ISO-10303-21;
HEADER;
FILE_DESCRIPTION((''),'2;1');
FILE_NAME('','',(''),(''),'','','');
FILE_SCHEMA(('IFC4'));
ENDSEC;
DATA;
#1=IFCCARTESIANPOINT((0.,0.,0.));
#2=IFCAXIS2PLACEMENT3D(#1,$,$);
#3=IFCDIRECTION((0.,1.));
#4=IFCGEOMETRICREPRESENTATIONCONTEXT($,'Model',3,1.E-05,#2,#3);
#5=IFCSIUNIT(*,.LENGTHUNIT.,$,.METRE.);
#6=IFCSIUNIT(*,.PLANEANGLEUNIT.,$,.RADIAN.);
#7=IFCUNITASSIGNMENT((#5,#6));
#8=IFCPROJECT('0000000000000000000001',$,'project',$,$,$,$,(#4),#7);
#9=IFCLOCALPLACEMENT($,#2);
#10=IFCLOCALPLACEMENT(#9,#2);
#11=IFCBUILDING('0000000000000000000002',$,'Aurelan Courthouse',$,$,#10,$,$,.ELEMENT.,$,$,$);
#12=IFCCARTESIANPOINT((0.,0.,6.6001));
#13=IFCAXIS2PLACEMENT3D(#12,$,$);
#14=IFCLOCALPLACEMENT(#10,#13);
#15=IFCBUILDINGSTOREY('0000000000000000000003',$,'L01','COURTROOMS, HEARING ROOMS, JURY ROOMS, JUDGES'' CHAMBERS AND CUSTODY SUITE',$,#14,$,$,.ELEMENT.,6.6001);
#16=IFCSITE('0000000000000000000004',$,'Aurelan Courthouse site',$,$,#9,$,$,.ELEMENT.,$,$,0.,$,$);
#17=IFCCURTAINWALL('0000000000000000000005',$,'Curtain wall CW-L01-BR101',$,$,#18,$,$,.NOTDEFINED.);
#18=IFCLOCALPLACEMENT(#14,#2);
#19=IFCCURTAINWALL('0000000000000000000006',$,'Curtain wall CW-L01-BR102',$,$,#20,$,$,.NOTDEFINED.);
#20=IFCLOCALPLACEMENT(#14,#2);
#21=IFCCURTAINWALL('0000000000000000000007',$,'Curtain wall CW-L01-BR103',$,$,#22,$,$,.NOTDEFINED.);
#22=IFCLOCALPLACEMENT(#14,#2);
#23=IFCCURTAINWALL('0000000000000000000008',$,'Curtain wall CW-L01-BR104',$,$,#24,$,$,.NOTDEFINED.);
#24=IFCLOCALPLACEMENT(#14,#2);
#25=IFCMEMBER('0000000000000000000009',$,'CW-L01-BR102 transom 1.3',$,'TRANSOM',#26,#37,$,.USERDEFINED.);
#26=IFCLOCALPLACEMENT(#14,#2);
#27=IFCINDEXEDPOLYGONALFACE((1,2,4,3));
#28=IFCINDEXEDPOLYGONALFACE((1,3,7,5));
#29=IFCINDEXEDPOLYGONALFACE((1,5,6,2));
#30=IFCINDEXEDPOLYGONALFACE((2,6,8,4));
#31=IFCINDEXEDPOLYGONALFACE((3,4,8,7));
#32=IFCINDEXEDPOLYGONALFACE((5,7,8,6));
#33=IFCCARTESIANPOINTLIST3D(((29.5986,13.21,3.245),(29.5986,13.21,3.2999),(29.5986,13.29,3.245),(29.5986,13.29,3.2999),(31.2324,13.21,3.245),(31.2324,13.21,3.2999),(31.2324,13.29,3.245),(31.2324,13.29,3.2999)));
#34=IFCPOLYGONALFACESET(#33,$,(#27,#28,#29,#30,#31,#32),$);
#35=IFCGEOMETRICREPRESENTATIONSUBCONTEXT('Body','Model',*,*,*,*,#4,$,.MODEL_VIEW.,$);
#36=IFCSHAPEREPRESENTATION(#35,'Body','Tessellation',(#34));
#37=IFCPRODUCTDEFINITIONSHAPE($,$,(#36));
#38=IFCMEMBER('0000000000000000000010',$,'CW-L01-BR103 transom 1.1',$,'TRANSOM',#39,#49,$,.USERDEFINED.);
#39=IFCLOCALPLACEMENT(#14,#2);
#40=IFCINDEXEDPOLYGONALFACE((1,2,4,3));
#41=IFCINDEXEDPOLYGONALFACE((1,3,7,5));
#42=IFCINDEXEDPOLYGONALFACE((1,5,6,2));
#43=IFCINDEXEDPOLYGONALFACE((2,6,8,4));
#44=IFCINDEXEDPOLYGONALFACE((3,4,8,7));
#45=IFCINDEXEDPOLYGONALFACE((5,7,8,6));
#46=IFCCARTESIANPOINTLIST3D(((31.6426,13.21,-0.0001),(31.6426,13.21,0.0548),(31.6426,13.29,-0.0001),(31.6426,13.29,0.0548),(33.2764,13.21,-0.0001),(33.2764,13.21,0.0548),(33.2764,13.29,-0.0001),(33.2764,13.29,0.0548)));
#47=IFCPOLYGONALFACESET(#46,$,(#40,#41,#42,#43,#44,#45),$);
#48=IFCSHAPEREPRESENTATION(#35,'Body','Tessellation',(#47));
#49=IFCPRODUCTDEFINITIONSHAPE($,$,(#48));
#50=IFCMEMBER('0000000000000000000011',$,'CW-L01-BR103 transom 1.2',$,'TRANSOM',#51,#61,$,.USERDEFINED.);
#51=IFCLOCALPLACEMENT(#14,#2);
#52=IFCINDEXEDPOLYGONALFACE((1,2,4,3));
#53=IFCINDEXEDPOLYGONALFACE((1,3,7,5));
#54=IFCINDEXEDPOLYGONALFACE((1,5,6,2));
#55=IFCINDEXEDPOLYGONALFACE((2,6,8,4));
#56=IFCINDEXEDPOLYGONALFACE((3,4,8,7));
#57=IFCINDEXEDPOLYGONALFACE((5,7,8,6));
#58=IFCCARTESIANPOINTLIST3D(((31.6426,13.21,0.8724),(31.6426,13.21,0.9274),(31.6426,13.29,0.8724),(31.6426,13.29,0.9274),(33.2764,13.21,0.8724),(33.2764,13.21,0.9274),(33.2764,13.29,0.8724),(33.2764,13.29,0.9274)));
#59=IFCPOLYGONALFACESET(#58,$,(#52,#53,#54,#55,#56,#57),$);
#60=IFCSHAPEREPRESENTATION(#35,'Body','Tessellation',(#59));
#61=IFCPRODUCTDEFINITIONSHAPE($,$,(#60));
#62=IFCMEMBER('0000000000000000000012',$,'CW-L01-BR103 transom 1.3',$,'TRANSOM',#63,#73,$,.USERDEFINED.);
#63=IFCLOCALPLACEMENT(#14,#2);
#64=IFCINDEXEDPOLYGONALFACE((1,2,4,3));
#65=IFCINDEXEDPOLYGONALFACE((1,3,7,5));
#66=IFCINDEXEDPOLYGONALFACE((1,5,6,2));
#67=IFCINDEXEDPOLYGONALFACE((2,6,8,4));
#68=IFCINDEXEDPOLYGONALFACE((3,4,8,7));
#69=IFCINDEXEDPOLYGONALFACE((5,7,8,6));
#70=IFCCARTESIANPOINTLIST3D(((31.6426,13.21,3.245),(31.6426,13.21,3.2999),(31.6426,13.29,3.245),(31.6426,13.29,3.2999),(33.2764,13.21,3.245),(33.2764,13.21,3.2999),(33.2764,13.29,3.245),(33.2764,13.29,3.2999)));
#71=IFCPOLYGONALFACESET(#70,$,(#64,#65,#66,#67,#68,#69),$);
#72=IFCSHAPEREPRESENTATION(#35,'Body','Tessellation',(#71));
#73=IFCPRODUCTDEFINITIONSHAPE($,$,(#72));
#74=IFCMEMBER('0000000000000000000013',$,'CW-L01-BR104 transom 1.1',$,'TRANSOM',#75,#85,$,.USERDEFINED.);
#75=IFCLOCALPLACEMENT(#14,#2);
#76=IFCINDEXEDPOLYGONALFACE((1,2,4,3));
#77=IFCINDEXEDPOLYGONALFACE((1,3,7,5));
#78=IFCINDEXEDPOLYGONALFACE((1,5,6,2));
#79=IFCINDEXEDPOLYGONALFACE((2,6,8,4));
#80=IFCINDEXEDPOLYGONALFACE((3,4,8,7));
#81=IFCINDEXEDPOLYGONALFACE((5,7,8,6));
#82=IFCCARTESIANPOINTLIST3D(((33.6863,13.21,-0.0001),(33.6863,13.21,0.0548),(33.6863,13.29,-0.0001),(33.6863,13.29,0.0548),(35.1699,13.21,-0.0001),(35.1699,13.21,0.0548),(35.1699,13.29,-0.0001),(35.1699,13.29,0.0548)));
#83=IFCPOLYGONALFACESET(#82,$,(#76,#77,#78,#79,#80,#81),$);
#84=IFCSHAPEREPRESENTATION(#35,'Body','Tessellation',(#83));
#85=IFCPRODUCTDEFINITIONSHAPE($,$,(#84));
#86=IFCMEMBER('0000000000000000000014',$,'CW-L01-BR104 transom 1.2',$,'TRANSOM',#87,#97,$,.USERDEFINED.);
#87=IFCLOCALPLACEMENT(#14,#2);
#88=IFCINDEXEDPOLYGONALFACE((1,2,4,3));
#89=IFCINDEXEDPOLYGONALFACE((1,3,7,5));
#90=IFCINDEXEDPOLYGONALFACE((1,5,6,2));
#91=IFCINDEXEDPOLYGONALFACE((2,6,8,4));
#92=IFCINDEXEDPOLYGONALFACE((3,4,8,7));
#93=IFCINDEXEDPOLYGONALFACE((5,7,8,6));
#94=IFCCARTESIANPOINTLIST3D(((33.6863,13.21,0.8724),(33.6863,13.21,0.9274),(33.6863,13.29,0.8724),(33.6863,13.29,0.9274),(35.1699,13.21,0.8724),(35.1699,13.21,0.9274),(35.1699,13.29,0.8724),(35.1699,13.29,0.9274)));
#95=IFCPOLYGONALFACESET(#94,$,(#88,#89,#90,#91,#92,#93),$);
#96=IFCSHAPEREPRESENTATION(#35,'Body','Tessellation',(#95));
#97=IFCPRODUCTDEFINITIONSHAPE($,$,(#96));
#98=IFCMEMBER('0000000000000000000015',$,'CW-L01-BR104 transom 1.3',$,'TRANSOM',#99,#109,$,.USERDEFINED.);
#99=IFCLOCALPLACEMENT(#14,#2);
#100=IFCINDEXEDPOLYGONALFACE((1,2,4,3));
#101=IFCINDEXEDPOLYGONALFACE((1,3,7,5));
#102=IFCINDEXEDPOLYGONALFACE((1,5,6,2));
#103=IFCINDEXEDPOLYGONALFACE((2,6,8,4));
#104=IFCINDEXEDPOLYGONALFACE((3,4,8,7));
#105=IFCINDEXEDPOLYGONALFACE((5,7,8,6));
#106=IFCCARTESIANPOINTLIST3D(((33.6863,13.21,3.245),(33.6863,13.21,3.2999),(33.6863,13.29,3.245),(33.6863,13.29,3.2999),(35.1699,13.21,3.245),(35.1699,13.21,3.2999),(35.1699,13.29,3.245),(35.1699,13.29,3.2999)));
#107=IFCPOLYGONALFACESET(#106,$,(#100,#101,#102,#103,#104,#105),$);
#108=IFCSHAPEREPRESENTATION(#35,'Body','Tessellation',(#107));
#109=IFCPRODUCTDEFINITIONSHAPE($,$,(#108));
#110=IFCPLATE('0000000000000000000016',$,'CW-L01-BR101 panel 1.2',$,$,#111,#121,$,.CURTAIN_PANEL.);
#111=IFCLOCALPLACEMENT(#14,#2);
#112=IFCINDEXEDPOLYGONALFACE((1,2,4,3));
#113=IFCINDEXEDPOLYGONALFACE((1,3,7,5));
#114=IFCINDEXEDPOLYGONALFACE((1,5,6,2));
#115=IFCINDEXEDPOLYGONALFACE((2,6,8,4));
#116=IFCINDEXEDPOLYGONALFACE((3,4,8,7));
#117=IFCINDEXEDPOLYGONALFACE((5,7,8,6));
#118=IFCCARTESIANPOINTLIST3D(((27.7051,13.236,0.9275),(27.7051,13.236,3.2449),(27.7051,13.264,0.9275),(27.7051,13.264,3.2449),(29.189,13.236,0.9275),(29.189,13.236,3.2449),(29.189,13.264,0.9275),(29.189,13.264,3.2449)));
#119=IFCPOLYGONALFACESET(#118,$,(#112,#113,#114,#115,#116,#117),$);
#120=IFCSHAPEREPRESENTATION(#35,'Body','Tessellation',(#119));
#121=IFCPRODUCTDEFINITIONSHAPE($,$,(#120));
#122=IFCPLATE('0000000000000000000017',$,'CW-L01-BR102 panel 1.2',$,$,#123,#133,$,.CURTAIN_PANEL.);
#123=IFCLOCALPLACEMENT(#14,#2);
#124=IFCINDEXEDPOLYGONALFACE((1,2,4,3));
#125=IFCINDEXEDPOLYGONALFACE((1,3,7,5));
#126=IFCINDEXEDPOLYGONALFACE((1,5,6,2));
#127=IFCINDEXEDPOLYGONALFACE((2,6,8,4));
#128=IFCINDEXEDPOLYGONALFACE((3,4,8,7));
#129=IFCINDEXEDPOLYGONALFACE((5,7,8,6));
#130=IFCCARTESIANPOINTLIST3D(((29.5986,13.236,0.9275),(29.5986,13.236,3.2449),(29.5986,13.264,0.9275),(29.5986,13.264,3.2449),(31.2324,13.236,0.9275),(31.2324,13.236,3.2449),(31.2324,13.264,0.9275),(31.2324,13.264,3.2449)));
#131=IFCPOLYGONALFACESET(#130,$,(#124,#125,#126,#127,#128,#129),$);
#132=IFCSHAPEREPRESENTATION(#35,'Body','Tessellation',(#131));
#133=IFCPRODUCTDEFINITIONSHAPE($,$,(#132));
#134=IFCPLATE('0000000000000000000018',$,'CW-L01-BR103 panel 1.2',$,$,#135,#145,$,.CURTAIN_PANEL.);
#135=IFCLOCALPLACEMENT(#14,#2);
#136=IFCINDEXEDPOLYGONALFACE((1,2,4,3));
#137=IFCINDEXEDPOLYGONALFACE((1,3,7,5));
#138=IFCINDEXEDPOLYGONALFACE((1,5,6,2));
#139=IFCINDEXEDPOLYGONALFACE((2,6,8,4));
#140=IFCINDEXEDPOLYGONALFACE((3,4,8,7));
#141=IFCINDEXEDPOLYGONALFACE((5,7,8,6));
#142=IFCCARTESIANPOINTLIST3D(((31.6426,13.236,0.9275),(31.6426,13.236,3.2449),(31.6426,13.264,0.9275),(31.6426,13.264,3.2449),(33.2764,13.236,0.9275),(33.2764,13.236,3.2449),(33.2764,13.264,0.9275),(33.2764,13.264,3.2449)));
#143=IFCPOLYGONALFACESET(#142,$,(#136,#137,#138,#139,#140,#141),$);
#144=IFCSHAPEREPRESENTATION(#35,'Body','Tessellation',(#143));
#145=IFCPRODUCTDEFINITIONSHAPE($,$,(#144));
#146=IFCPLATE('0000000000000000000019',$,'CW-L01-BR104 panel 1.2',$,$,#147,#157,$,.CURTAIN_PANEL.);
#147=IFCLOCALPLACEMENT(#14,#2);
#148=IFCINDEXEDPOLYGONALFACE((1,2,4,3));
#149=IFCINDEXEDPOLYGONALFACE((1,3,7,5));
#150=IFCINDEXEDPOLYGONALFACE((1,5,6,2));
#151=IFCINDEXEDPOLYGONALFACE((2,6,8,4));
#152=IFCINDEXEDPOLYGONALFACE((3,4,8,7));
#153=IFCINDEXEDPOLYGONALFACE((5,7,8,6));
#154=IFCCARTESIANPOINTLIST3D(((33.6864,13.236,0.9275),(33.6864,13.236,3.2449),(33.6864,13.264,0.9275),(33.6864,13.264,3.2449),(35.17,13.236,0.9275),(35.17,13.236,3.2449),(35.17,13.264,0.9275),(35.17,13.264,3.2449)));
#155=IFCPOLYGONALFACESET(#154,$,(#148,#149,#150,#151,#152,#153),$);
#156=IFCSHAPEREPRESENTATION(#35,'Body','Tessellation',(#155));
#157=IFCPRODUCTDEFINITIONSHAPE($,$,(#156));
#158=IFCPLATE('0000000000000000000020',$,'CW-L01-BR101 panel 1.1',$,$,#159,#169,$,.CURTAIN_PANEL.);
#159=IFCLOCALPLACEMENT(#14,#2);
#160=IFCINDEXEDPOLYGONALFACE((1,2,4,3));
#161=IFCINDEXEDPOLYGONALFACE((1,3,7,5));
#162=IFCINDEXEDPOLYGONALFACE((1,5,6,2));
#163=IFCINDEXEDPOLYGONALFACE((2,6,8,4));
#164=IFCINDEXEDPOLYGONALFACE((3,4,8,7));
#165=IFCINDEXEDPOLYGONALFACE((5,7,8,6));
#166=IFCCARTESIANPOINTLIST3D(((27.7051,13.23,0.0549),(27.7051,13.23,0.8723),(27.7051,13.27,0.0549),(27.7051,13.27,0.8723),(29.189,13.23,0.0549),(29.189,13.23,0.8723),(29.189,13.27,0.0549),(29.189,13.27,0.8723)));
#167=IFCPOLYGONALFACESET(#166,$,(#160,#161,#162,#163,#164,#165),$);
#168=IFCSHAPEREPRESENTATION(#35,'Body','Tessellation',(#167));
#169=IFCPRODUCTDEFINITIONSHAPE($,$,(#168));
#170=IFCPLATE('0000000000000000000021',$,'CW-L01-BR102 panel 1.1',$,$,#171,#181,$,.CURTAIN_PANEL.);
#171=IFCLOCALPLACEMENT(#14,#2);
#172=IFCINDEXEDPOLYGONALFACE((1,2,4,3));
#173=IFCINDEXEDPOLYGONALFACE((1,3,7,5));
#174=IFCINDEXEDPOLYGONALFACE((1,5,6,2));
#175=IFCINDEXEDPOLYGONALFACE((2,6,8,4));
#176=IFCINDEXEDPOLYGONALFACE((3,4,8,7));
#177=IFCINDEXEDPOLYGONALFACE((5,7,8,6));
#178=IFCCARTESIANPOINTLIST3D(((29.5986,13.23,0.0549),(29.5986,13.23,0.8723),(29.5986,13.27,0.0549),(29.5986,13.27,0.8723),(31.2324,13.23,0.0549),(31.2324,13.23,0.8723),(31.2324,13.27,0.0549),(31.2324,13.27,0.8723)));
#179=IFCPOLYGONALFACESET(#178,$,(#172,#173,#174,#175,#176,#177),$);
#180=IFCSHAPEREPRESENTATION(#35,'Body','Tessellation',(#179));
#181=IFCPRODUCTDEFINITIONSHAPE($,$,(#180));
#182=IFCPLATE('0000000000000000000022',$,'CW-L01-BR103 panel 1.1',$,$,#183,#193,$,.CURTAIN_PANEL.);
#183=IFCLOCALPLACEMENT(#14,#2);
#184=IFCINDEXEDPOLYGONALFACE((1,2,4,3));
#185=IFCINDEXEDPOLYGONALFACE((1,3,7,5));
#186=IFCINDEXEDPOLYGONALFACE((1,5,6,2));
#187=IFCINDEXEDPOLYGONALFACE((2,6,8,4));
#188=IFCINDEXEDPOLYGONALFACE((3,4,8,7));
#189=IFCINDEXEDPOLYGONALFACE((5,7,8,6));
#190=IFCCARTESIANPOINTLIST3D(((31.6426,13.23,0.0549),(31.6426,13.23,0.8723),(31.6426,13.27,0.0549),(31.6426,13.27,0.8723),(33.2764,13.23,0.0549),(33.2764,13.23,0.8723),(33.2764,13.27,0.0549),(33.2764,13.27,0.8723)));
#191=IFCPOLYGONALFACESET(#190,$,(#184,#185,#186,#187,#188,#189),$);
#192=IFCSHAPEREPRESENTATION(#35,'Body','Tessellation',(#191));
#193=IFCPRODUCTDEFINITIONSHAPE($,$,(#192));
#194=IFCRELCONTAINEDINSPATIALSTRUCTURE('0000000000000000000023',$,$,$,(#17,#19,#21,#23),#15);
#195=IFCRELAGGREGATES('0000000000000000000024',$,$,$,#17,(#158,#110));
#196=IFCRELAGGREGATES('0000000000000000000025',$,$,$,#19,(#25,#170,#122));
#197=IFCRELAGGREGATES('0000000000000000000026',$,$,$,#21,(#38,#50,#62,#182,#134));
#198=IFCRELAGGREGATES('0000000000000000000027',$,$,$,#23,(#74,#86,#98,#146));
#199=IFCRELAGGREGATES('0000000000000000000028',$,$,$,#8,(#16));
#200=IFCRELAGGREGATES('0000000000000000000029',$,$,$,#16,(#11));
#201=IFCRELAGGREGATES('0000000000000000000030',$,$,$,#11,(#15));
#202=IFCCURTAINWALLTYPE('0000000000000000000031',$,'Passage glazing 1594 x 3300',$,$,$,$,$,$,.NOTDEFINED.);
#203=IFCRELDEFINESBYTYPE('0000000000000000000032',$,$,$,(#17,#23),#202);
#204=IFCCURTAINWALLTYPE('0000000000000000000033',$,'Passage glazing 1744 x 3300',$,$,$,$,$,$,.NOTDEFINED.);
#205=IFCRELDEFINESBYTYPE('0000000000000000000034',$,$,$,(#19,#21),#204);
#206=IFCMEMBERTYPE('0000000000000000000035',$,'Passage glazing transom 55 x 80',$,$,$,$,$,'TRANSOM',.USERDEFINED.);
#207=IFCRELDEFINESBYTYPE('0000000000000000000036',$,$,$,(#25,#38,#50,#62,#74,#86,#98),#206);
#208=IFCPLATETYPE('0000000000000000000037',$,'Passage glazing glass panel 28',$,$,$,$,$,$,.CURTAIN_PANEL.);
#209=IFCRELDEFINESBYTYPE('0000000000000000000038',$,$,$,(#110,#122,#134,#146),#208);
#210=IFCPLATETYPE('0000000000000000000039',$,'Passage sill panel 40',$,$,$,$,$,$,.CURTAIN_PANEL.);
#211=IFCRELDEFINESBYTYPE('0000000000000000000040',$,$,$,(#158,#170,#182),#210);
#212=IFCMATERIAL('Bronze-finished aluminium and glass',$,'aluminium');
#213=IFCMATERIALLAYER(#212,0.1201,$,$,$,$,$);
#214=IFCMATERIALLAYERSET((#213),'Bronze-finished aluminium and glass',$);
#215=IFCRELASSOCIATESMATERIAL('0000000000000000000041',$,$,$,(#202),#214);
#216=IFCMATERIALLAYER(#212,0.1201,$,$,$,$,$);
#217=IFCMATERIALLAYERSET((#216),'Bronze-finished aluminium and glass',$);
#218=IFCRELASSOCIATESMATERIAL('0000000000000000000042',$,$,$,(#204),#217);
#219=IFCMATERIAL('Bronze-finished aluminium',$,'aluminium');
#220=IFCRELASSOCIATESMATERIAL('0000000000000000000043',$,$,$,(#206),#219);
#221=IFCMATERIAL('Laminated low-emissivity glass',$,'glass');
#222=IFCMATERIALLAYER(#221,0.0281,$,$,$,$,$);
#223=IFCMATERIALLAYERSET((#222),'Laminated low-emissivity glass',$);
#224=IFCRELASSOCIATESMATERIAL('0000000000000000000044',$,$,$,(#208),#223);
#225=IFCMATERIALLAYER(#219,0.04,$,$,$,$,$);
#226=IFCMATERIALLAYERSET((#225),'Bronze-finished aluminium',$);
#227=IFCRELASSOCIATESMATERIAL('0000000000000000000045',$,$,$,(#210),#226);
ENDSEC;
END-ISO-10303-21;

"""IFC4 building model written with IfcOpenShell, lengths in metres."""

from ifc_helpers import new_model, si_unit, direction, frame, origin, origin_2d, place, context, subcontext, project, spatial, rectangle, extrude, material, layer, layer_set, material_profile, profile_set, type_object, element, aggregate, save


model = new_model("IFC4")

# Units and contexts
model_context = context("Model", 3, precision=1e-05, world=origin(), true_north=direction((0.0, 1.0)))
body_context = subcontext(model_context, "Body", "Model", "MODEL_VIEW")
ifc_project = project(units=[si_unit("LENGTHUNIT", "METRE"), si_unit("PLANEANGLEUNIT", "RADIAN")], contexts=[model_context])

# Site, building, storey
site_placement = place(None, origin())
site = spatial("IfcSite", under=ifc_project, at=site_placement, Name="Aurelan Courthouse site", CompositionType="ELEMENT", RefElevation=0.0)
building_placement = place(site_placement, origin())
building = spatial("IfcBuilding", under=site, at=building_placement, Name="Aurelan Courthouse", CompositionType="ELEMENT")
storey_placement = place(building_placement, frame((0.0, 0.0, 6.6001)))
storey = spatial("IfcBuildingStorey", under=building, at=storey_placement, Name="L01", Description="COURTROOMS, HEARING ROOMS, JURY ROOMS, JUDGES' CHAMBERS AND CUSTODY SUITE", CompositionType="ELEMENT", Elevation=6.6001)

# Curtain walls
ifc_material_1 = material(Name="Bronze-finished aluminium and glass", Category="aluminium")
ifc_layer_1 = layer(ifc_material_1, 0.1201)
ifc_layer_set_1 = layer_set([ifc_layer_1], Name="Bronze-finished aluminium and glass")
curtain_wall_type_1 = type_object("IfcCurtainWallType", Name="Passage glazing 1594 x 3300", PredefinedType="NOTDEFINED", material=ifc_layer_set_1)
curtain_wall_1_placement = place(storey_placement, origin())
curtain_wall_1 = element("IfcCurtainWall", 1, at=curtain_wall_1_placement, inside=storey, type_object=curtain_wall_type_1, Name="Curtain wall CW-L01-BR101", PredefinedType="NOTDEFINED")
ifc_material_2 = material(Name="Bronze-finished aluminium", Category="aluminium")
ifc_layer_2 = layer(ifc_material_1, 0.1201)
ifc_layer_set_2 = layer_set([ifc_layer_2], Name="Bronze-finished aluminium and glass")
curtain_wall_type_2 = type_object("IfcCurtainWallType", Name="Passage glazing 1744 x 3300", PredefinedType="NOTDEFINED", material=ifc_layer_set_2)
curtain_wall_2_placement = place(storey_placement, origin())
curtain_wall_2 = element("IfcCurtainWall", 2, at=curtain_wall_2_placement, inside=storey, type_object=curtain_wall_type_2, Name="Curtain wall CW-L01-BR102", PredefinedType="NOTDEFINED")
curtain_wall_3_placement = place(storey_placement, origin())
curtain_wall_3 = element("IfcCurtainWall", 3, at=curtain_wall_3_placement, inside=storey, type_object=curtain_wall_type_2, Name="Curtain wall CW-L01-BR103", PredefinedType="NOTDEFINED")

# Curtain wall
curtain_wall_4_placement = place(storey_placement, origin())
curtain_wall_4 = element("IfcCurtainWall", 4, at=curtain_wall_4_placement, inside=storey, type_object=curtain_wall_type_1, Name="Curtain wall CW-L01-BR104", PredefinedType="NOTDEFINED")

# Members
ifc_material_profile_1 = material_profile(ifc_material_2, rectangle(XDim=0.0801, YDim=0.0549, at=origin_2d()), Name="Passage glazing transom 55 x 80")
ifc_profile_set_1 = profile_set([ifc_material_profile_1], Name="Bronze-finished aluminium")
member_type_1 = type_object("IfcMemberType", Name="Passage glazing transom 55 x 80", ElementType="TRANSOM", PredefinedType="USERDEFINED", material=ifc_profile_set_1)
member_1_placement = place(storey_placement, frame((29.5986, 13.25, 3.2725), z_axis=(1.0, 0.0, 0.0), x_axis=(0.0, 1.0, 0.0)))
member_1 = element("IfcMember", 5, at=member_1_placement, type_object=member_type_1, Name="CW-L01-BR102 transom 1.3", ObjectType="TRANSOM", PredefinedType="USERDEFINED", context=body_context, shape_type="SweptSolid", body=[
    extrude(rectangle(XDim=0.0801, YDim=0.0549, at=origin_2d()), origin(), (0.0, 0.0, 1.0), 1.6338),
])
member_2_placement = place(storey_placement, frame((31.6426, 13.25, 0.0273), z_axis=(1.0, 0.0, 0.0), x_axis=(0.0, 1.0, 0.0)))
member_2 = element("IfcMember", 6, at=member_2_placement, type_object=member_type_1, Name="CW-L01-BR103 transom 1.1", ObjectType="TRANSOM", PredefinedType="USERDEFINED", context=body_context, shape_type="SweptSolid", body=[
    extrude(rectangle(XDim=0.0801, YDim=0.0549, at=origin_2d()), origin(), (0.0, 0.0, 1.0), 1.6338),
])
member_3_placement = place(storey_placement, frame((31.6426, 13.25, 0.8999), z_axis=(1.0, 0.0, 0.0), x_axis=(0.0, 1.0, 0.0)))
member_3 = element("IfcMember", 7, at=member_3_placement, type_object=member_type_1, Name="CW-L01-BR103 transom 1.2", ObjectType="TRANSOM", PredefinedType="USERDEFINED", context=body_context, shape_type="SweptSolid", body=[
    extrude(rectangle(XDim=0.0801, YDim=0.0549, at=origin_2d()), origin(), (0.0, 0.0, 1.0), 1.6338),
])
member_4_placement = place(storey_placement, frame((31.6426, 13.25, 3.2725), z_axis=(1.0, 0.0, 0.0), x_axis=(0.0, 1.0, 0.0)))
member_4 = element("IfcMember", 8, at=member_4_placement, type_object=member_type_1, Name="CW-L01-BR103 transom 1.3", ObjectType="TRANSOM", PredefinedType="USERDEFINED", context=body_context, shape_type="SweptSolid", body=[
    extrude(rectangle(XDim=0.0801, YDim=0.0549, at=origin_2d()), origin(), (0.0, 0.0, 1.0), 1.6338),
])
member_5_placement = place(storey_placement, frame((33.6863, 13.25, 0.0273), z_axis=(1.0, 0.0, 0.0), x_axis=(0.0, 1.0, 0.0)))
member_5 = element("IfcMember", 9, at=member_5_placement, type_object=member_type_1, Name="CW-L01-BR104 transom 1.1", ObjectType="TRANSOM", PredefinedType="USERDEFINED", context=body_context, shape_type="SweptSolid", body=[
    extrude(rectangle(XDim=0.0801, YDim=0.0549, at=origin_2d()), origin(), (0.0, 0.0, 1.0), 1.4836),
])
member_6_placement = place(storey_placement, frame((33.6863, 13.25, 0.8999), z_axis=(1.0, 0.0, 0.0), x_axis=(0.0, 1.0, 0.0)))
member_6 = element("IfcMember", 10, at=member_6_placement, type_object=member_type_1, Name="CW-L01-BR104 transom 1.2", ObjectType="TRANSOM", PredefinedType="USERDEFINED", context=body_context, shape_type="SweptSolid", body=[
    extrude(rectangle(XDim=0.0801, YDim=0.0549, at=origin_2d()), origin(), (0.0, 0.0, 1.0), 1.4836),
])
member_7_placement = place(storey_placement, frame((33.6863, 13.25, 3.2725), z_axis=(1.0, 0.0, 0.0), x_axis=(0.0, 1.0, 0.0)))
member_7 = element("IfcMember", 11, at=member_7_placement, type_object=member_type_1, Name="CW-L01-BR104 transom 1.3", ObjectType="TRANSOM", PredefinedType="USERDEFINED", context=body_context, shape_type="SweptSolid", body=[
    extrude(rectangle(XDim=0.0801, YDim=0.0549, at=origin_2d()), origin(), (0.0, 0.0, 1.0), 1.4836),
])

# Plates
ifc_material_3 = material(Name="Laminated low-emissivity glass", Category="glass")
ifc_layer_3 = layer(ifc_material_3, 0.0281)
ifc_layer_set_3 = layer_set([ifc_layer_3], Name="Laminated low-emissivity glass")
plate_type_1 = type_object("IfcPlateType", Name="Passage glazing glass panel 28", PredefinedType="CURTAIN_PANEL", material=ifc_layer_set_3)
plate_1_placement = place(storey_placement, frame((28.447, 13.25, 0.9275), z_axis=(0.0, 0.0, 1.0), x_axis=(1.0, 0.0, 0.0)))
plate_1 = element("IfcPlate", 12, at=plate_1_placement, type_object=plate_type_1, Name="CW-L01-BR101 panel 1.2", PredefinedType="CURTAIN_PANEL", context=body_context, shape_type="SweptSolid", body=[
    extrude(rectangle(XDim=1.4839, YDim=0.0281, at=origin_2d()), origin(), (0.0, 0.0, 1.0), 2.3174),
])
plate_2_placement = place(storey_placement, frame((30.4155, 13.25, 0.9275), z_axis=(0.0, 0.0, 1.0), x_axis=(1.0, 0.0, 0.0)))
plate_2 = element("IfcPlate", 13, at=plate_2_placement, type_object=plate_type_1, Name="CW-L01-BR102 panel 1.2", PredefinedType="CURTAIN_PANEL", context=body_context, shape_type="SweptSolid", body=[
    extrude(rectangle(XDim=1.6338, YDim=0.0281, at=origin_2d()), origin(), (0.0, 0.0, 1.0), 2.3174),
])
plate_3_placement = place(storey_placement, frame((32.4595, 13.25, 0.9275), z_axis=(0.0, 0.0, 1.0), x_axis=(1.0, 0.0, 0.0)))
plate_3 = element("IfcPlate", 14, at=plate_3_placement, type_object=plate_type_1, Name="CW-L01-BR103 panel 1.2", PredefinedType="CURTAIN_PANEL", context=body_context, shape_type="SweptSolid", body=[
    extrude(rectangle(XDim=1.6338, YDim=0.0281, at=origin_2d()), origin(), (0.0, 0.0, 1.0), 2.3174),
])
plate_4_placement = place(storey_placement, frame((34.4282, 13.25, 0.9275), z_axis=(0.0, 0.0, 1.0), x_axis=(1.0, 0.0, 0.0)))
plate_4 = element("IfcPlate", 15, at=plate_4_placement, type_object=plate_type_1, Name="CW-L01-BR104 panel 1.2", PredefinedType="CURTAIN_PANEL", context=body_context, shape_type="SweptSolid", body=[
    extrude(rectangle(XDim=1.4836, YDim=0.0281, at=origin_2d()), origin(), (0.0, 0.0, 1.0), 2.3174),
])
ifc_layer_4 = layer(ifc_material_2, 0.04)
ifc_layer_set_4 = layer_set([ifc_layer_4], Name="Bronze-finished aluminium")
plate_type_2 = type_object("IfcPlateType", Name="Passage sill panel 40", PredefinedType="CURTAIN_PANEL", material=ifc_layer_set_4)
plate_5_placement = place(storey_placement, frame((28.447, 13.25, 0.0549), z_axis=(0.0, 0.0, 1.0), x_axis=(1.0, 0.0, 0.0)))
plate_5 = element("IfcPlate", 16, at=plate_5_placement, type_object=plate_type_2, Name="CW-L01-BR101 panel 1.1", PredefinedType="CURTAIN_PANEL", context=body_context, shape_type="SweptSolid", body=[
    extrude(rectangle(XDim=1.4839, YDim=0.04, at=origin_2d()), origin(), (0.0, 0.0, 1.0), 0.8174),
])
aggregate(curtain_wall_1, [plate_5, plate_1])
plate_6_placement = place(storey_placement, frame((30.4155, 13.25, 0.0549), z_axis=(0.0, 0.0, 1.0), x_axis=(1.0, 0.0, 0.0)))
plate_6 = element("IfcPlate", 17, at=plate_6_placement, type_object=plate_type_2, Name="CW-L01-BR102 panel 1.1", PredefinedType="CURTAIN_PANEL", context=body_context, shape_type="SweptSolid", body=[
    extrude(rectangle(XDim=1.6338, YDim=0.04, at=origin_2d()), origin(), (0.0, 0.0, 1.0), 0.8174),
])
aggregate(curtain_wall_2, [member_1, plate_6, plate_2])
plate_7_placement = place(storey_placement, frame((32.4595, 13.25, 0.0549), z_axis=(0.0, 0.0, 1.0), x_axis=(1.0, 0.0, 0.0)))
plate_7 = element("IfcPlate", 18, at=plate_7_placement, type_object=plate_type_2, Name="CW-L01-BR103 panel 1.1", PredefinedType="CURTAIN_PANEL", context=body_context, shape_type="SweptSolid", body=[
    extrude(rectangle(XDim=1.6338, YDim=0.04, at=origin_2d()), origin(), (0.0, 0.0, 1.0), 0.8174),
])
aggregate(curtain_wall_3, [member_2, member_3, member_4, plate_7, plate_3])
aggregate(curtain_wall_4, [member_5, member_6, member_7, plate_4])

save(model, "model.ifc")
